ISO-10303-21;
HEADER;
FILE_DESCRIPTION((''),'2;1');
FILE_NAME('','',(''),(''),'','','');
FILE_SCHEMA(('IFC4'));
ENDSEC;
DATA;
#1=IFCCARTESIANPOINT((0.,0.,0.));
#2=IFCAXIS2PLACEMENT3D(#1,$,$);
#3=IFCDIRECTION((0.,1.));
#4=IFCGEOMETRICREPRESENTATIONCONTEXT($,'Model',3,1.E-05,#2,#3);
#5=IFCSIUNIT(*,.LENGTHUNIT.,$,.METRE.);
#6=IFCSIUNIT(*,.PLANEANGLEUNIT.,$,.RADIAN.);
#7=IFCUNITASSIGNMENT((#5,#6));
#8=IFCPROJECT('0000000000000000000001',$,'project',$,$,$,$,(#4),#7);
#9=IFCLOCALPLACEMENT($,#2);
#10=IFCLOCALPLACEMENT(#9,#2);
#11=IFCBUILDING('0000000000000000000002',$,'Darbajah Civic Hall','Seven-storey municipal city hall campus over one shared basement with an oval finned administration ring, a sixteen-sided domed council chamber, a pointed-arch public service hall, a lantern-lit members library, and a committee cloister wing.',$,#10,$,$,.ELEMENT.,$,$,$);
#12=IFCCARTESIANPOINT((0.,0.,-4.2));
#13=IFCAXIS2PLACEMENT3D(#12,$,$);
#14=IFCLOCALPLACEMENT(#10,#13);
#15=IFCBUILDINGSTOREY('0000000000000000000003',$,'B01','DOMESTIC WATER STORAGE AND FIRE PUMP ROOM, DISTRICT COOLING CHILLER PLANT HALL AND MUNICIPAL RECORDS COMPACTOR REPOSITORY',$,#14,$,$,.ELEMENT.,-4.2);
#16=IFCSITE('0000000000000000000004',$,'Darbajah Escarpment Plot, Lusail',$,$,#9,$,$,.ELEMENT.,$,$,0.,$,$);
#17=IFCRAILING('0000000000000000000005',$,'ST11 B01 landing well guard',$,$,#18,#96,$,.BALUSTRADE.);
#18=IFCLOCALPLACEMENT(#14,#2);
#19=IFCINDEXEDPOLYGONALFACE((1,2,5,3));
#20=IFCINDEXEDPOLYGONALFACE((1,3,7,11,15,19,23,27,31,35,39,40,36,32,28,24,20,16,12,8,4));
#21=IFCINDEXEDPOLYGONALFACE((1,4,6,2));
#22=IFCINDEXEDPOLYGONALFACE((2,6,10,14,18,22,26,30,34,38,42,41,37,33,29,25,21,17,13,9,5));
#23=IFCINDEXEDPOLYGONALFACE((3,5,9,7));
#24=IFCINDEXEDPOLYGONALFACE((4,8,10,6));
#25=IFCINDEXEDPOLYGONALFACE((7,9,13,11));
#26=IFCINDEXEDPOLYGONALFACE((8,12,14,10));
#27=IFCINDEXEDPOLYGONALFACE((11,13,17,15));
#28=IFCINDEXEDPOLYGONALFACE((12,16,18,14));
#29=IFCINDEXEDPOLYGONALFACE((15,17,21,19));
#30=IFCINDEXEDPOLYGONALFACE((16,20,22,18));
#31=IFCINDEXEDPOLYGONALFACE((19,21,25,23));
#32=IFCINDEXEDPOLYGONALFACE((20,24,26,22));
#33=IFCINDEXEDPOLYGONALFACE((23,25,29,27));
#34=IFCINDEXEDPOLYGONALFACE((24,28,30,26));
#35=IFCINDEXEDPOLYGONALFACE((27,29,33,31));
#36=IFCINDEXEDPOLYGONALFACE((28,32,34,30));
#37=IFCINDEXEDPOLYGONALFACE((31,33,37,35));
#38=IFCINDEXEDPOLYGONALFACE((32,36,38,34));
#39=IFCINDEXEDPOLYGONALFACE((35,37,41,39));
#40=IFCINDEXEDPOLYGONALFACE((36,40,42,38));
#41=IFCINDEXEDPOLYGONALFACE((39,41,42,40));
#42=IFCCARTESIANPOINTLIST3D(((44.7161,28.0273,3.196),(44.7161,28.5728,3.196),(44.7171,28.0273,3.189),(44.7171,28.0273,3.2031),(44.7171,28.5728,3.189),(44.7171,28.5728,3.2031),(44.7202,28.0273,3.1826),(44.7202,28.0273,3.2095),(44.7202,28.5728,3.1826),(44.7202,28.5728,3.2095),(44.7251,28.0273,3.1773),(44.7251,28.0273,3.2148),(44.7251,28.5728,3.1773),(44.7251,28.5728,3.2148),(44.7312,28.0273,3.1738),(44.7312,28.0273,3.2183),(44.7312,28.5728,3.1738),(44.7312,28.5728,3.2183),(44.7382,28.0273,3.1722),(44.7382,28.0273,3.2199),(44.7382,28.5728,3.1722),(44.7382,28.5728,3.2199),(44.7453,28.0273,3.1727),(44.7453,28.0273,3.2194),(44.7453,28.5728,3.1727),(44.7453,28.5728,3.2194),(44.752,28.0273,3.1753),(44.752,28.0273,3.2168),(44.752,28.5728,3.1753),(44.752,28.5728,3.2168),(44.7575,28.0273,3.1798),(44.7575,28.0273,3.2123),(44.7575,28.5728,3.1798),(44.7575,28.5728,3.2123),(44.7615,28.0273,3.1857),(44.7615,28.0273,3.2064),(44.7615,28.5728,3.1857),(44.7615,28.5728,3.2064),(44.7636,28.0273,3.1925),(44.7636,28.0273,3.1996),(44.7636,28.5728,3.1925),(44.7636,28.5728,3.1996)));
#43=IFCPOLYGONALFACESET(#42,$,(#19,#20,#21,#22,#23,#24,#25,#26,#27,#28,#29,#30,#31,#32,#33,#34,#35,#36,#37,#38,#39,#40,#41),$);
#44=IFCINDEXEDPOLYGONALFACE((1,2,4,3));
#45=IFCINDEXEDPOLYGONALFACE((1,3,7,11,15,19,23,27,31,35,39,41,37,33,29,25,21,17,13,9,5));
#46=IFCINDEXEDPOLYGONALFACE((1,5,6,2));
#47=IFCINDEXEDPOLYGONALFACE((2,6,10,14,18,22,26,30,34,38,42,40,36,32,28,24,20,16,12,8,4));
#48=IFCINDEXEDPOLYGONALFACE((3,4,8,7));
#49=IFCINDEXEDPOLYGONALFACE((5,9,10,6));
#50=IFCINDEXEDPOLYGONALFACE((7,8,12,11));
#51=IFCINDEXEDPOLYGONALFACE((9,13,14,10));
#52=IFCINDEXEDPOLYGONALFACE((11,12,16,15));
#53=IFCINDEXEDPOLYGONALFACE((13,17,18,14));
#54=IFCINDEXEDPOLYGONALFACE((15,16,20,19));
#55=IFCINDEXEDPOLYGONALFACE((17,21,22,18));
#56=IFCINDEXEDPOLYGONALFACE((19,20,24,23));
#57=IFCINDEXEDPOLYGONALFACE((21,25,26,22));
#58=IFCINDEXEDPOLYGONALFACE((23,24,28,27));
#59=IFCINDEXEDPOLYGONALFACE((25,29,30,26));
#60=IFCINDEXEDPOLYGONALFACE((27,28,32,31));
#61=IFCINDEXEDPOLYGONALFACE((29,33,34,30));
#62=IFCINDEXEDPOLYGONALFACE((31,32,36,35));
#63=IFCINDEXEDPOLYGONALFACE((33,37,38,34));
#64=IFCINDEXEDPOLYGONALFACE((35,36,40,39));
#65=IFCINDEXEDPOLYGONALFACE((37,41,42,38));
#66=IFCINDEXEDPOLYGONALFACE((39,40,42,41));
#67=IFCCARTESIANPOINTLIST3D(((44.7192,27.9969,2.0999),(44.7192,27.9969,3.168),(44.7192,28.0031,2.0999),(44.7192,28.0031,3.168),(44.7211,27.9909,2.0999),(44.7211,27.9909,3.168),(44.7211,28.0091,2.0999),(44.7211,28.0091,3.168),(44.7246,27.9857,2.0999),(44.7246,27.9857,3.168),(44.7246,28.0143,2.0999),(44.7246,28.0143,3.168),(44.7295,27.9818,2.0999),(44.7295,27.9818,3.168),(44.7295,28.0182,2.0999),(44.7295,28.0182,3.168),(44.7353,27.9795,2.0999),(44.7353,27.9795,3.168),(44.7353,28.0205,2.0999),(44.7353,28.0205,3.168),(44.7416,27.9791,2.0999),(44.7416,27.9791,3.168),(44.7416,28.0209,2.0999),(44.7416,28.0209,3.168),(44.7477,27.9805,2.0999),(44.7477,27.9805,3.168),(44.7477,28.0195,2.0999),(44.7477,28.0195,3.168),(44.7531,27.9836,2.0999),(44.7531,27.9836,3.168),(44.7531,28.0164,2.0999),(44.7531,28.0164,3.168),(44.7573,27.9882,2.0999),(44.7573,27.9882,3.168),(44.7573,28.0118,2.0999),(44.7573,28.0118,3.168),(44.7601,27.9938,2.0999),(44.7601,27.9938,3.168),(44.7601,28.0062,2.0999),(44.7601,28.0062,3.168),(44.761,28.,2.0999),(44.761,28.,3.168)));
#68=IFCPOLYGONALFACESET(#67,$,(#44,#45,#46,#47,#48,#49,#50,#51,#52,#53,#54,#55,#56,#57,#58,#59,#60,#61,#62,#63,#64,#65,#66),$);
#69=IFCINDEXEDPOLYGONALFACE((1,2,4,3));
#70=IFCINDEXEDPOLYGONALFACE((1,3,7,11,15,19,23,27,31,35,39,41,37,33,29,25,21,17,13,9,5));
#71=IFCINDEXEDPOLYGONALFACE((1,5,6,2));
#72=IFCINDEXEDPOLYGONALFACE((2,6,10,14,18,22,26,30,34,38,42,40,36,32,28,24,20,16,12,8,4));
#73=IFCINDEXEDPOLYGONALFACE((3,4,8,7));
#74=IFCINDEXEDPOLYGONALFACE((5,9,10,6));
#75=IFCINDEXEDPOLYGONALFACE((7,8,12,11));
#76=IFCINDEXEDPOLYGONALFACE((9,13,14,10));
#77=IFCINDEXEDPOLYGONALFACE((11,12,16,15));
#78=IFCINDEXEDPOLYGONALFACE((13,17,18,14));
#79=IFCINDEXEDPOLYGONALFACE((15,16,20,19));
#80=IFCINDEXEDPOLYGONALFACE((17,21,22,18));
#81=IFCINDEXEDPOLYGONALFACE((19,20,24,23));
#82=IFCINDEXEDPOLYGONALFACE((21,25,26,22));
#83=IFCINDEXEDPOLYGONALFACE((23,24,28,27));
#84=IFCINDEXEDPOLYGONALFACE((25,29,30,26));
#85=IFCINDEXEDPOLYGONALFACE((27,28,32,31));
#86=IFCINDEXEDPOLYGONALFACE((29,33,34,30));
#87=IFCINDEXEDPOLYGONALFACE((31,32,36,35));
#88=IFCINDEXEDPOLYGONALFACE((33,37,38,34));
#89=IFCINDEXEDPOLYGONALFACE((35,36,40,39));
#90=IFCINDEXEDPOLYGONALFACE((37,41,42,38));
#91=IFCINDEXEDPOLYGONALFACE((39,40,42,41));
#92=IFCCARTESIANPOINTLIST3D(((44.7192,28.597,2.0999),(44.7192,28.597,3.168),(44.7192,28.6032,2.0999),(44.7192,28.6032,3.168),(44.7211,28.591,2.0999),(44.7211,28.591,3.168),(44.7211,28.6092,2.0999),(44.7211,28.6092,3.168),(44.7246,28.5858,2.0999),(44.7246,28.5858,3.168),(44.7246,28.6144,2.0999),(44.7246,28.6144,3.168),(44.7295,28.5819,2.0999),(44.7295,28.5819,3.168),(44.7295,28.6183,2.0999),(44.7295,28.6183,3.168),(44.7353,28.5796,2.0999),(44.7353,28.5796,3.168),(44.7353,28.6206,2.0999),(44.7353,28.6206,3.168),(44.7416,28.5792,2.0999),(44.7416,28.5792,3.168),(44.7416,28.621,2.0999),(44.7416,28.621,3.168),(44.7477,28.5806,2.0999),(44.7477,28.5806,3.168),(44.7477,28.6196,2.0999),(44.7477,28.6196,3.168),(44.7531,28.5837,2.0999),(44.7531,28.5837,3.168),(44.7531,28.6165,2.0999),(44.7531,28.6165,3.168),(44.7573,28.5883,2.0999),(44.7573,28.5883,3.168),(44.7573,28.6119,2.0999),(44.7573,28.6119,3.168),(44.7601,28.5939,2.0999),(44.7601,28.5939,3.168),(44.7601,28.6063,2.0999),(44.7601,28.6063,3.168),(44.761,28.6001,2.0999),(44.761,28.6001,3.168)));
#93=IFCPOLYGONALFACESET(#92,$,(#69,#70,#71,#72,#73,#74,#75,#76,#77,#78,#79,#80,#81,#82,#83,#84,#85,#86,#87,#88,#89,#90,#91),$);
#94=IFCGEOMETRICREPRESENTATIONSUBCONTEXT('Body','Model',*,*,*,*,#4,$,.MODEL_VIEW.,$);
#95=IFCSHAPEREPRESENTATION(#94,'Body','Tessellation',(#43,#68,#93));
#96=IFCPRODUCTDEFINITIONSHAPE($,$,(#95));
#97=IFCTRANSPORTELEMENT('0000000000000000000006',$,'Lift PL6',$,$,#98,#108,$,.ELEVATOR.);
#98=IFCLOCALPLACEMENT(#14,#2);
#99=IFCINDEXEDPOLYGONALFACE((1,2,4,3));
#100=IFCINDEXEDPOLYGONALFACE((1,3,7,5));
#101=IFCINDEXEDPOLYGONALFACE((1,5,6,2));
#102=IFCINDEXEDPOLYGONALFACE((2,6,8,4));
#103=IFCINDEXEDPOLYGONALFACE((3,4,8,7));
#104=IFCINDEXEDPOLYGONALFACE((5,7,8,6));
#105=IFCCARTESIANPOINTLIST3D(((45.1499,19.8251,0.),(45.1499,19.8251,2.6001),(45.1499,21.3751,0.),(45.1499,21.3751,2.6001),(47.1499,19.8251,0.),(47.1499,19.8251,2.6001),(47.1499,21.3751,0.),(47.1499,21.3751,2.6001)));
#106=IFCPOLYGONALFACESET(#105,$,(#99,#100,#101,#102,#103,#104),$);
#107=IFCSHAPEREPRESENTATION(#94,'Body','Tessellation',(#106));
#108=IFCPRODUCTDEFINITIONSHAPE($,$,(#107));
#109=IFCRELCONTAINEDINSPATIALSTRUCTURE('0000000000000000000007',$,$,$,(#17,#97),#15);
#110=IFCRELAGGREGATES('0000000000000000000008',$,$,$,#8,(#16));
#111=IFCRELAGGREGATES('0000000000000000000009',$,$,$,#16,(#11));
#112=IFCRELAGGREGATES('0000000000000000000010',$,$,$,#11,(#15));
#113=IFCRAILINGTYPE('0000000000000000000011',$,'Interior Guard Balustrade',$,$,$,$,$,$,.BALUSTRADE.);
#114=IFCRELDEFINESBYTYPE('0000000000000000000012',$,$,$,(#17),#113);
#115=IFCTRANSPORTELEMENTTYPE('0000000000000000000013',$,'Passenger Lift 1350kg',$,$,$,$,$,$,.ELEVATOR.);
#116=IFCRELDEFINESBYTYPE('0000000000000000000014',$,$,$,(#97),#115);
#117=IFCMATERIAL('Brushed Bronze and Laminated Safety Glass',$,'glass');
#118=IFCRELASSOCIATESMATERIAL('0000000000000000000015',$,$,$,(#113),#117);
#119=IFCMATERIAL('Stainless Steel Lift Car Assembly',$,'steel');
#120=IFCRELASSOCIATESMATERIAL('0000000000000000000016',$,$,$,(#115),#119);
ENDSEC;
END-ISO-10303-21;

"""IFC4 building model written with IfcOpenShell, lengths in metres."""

from ifc_helpers import new_model, si_unit, direction, frame, origin, origin_2d, place, context, subcontext, project, spatial, rectangle, circle, extrude, material, type_object, element, save


model = new_model("IFC4")

# Units and contexts
model_context = context("Model", 3, precision=1e-05, world=origin(), true_north=direction((0.0, 1.0)))
body_context = subcontext(model_context, "Body", "Model", "MODEL_VIEW")
ifc_project = project(units=[si_unit("LENGTHUNIT", "METRE"), si_unit("PLANEANGLEUNIT", "RADIAN")], contexts=[model_context])

# Site, building, storey
site_placement = place(None, origin())
site = spatial("IfcSite", under=ifc_project, at=site_placement, Name="Darbajah Escarpment Plot, Lusail", CompositionType="ELEMENT", RefElevation=0.0)
building_placement = place(site_placement, origin())
building = spatial("IfcBuilding", under=site, at=building_placement, Name="Darbajah Civic Hall", Description="Seven-storey municipal city hall campus over one shared basement with an oval finned administration ring, a sixteen-sided domed council chamber, a pointed-arch public service hall, a lantern-lit members library, and a committee cloister wing.", CompositionType="ELEMENT")
storey_placement = place(building_placement, frame((0.0, 0.0, -4.2)))
storey = spatial("IfcBuildingStorey", under=building, at=storey_placement, Name="B01", Description="DOMESTIC WATER STORAGE AND FIRE PUMP ROOM, DISTRICT COOLING CHILLER PLANT HALL AND MUNICIPAL RECORDS COMPACTOR REPOSITORY", CompositionType="ELEMENT", Elevation=-4.2)

# Railing
ifc_material_1 = material(Name="Brushed Bronze and Laminated Safety Glass", Category="glass")
railing_type_1 = type_object("IfcRailingType", Name="Interior Guard Balustrade", PredefinedType="BALUSTRADE", material=ifc_material_1)
railing_1_placement = place(storey_placement, frame((44.74, 28.0, 2.0999)))
element("IfcRailing", 1, at=railing_1_placement, inside=storey, type_object=railing_type_1, Name="ST11 B01 landing well guard", PredefinedType="BALUSTRADE", context=body_context, shape_type="SweptSolid", body=[
    extrude(circle(Radius=0.0239, at=origin_2d()), frame((0.0, 0.0273, 1.0962), z_axis=(0.0, 1.0, 0.0), x_axis=(-1.0, 0.0, 0.0)), (0.0, 0.0, 1.0), 0.5454),
    extrude(circle(Radius=0.021, at=origin_2d()), origin(), (0.0, 0.0, 1.0), 1.0681),
    extrude(circle(Radius=0.021, at=origin_2d()), frame((0.0, 0.6001, 0.0)), (0.0, 0.0, 1.0), 1.0681),
])

# Transport element
ifc_material_2 = material(Name="Stainless Steel Lift Car Assembly", Category="steel")
transport_element_type = type_object("IfcTransportElementType", Name="Passenger Lift 1350kg", PredefinedType="ELEVATOR", material=ifc_material_2)
transport_element_placement = place(storey_placement, frame((46.1499, 20.6001, 0.0), z_axis=(0.0, 0.0, 1.0), x_axis=(1.0, 0.0, 0.0)))
element("IfcTransportElement", 2, at=transport_element_placement, inside=storey, type_object=transport_element_type, Name="Lift PL6", PredefinedType="ELEVATOR", context=body_context, shape_type="SweptSolid", body=[
    extrude(rectangle(XDim=2.0, YDim=1.55, at=origin_2d()), origin(), (0.0, 0.0, 1.0), 2.6001),
])

save(model, "model.ifc")
